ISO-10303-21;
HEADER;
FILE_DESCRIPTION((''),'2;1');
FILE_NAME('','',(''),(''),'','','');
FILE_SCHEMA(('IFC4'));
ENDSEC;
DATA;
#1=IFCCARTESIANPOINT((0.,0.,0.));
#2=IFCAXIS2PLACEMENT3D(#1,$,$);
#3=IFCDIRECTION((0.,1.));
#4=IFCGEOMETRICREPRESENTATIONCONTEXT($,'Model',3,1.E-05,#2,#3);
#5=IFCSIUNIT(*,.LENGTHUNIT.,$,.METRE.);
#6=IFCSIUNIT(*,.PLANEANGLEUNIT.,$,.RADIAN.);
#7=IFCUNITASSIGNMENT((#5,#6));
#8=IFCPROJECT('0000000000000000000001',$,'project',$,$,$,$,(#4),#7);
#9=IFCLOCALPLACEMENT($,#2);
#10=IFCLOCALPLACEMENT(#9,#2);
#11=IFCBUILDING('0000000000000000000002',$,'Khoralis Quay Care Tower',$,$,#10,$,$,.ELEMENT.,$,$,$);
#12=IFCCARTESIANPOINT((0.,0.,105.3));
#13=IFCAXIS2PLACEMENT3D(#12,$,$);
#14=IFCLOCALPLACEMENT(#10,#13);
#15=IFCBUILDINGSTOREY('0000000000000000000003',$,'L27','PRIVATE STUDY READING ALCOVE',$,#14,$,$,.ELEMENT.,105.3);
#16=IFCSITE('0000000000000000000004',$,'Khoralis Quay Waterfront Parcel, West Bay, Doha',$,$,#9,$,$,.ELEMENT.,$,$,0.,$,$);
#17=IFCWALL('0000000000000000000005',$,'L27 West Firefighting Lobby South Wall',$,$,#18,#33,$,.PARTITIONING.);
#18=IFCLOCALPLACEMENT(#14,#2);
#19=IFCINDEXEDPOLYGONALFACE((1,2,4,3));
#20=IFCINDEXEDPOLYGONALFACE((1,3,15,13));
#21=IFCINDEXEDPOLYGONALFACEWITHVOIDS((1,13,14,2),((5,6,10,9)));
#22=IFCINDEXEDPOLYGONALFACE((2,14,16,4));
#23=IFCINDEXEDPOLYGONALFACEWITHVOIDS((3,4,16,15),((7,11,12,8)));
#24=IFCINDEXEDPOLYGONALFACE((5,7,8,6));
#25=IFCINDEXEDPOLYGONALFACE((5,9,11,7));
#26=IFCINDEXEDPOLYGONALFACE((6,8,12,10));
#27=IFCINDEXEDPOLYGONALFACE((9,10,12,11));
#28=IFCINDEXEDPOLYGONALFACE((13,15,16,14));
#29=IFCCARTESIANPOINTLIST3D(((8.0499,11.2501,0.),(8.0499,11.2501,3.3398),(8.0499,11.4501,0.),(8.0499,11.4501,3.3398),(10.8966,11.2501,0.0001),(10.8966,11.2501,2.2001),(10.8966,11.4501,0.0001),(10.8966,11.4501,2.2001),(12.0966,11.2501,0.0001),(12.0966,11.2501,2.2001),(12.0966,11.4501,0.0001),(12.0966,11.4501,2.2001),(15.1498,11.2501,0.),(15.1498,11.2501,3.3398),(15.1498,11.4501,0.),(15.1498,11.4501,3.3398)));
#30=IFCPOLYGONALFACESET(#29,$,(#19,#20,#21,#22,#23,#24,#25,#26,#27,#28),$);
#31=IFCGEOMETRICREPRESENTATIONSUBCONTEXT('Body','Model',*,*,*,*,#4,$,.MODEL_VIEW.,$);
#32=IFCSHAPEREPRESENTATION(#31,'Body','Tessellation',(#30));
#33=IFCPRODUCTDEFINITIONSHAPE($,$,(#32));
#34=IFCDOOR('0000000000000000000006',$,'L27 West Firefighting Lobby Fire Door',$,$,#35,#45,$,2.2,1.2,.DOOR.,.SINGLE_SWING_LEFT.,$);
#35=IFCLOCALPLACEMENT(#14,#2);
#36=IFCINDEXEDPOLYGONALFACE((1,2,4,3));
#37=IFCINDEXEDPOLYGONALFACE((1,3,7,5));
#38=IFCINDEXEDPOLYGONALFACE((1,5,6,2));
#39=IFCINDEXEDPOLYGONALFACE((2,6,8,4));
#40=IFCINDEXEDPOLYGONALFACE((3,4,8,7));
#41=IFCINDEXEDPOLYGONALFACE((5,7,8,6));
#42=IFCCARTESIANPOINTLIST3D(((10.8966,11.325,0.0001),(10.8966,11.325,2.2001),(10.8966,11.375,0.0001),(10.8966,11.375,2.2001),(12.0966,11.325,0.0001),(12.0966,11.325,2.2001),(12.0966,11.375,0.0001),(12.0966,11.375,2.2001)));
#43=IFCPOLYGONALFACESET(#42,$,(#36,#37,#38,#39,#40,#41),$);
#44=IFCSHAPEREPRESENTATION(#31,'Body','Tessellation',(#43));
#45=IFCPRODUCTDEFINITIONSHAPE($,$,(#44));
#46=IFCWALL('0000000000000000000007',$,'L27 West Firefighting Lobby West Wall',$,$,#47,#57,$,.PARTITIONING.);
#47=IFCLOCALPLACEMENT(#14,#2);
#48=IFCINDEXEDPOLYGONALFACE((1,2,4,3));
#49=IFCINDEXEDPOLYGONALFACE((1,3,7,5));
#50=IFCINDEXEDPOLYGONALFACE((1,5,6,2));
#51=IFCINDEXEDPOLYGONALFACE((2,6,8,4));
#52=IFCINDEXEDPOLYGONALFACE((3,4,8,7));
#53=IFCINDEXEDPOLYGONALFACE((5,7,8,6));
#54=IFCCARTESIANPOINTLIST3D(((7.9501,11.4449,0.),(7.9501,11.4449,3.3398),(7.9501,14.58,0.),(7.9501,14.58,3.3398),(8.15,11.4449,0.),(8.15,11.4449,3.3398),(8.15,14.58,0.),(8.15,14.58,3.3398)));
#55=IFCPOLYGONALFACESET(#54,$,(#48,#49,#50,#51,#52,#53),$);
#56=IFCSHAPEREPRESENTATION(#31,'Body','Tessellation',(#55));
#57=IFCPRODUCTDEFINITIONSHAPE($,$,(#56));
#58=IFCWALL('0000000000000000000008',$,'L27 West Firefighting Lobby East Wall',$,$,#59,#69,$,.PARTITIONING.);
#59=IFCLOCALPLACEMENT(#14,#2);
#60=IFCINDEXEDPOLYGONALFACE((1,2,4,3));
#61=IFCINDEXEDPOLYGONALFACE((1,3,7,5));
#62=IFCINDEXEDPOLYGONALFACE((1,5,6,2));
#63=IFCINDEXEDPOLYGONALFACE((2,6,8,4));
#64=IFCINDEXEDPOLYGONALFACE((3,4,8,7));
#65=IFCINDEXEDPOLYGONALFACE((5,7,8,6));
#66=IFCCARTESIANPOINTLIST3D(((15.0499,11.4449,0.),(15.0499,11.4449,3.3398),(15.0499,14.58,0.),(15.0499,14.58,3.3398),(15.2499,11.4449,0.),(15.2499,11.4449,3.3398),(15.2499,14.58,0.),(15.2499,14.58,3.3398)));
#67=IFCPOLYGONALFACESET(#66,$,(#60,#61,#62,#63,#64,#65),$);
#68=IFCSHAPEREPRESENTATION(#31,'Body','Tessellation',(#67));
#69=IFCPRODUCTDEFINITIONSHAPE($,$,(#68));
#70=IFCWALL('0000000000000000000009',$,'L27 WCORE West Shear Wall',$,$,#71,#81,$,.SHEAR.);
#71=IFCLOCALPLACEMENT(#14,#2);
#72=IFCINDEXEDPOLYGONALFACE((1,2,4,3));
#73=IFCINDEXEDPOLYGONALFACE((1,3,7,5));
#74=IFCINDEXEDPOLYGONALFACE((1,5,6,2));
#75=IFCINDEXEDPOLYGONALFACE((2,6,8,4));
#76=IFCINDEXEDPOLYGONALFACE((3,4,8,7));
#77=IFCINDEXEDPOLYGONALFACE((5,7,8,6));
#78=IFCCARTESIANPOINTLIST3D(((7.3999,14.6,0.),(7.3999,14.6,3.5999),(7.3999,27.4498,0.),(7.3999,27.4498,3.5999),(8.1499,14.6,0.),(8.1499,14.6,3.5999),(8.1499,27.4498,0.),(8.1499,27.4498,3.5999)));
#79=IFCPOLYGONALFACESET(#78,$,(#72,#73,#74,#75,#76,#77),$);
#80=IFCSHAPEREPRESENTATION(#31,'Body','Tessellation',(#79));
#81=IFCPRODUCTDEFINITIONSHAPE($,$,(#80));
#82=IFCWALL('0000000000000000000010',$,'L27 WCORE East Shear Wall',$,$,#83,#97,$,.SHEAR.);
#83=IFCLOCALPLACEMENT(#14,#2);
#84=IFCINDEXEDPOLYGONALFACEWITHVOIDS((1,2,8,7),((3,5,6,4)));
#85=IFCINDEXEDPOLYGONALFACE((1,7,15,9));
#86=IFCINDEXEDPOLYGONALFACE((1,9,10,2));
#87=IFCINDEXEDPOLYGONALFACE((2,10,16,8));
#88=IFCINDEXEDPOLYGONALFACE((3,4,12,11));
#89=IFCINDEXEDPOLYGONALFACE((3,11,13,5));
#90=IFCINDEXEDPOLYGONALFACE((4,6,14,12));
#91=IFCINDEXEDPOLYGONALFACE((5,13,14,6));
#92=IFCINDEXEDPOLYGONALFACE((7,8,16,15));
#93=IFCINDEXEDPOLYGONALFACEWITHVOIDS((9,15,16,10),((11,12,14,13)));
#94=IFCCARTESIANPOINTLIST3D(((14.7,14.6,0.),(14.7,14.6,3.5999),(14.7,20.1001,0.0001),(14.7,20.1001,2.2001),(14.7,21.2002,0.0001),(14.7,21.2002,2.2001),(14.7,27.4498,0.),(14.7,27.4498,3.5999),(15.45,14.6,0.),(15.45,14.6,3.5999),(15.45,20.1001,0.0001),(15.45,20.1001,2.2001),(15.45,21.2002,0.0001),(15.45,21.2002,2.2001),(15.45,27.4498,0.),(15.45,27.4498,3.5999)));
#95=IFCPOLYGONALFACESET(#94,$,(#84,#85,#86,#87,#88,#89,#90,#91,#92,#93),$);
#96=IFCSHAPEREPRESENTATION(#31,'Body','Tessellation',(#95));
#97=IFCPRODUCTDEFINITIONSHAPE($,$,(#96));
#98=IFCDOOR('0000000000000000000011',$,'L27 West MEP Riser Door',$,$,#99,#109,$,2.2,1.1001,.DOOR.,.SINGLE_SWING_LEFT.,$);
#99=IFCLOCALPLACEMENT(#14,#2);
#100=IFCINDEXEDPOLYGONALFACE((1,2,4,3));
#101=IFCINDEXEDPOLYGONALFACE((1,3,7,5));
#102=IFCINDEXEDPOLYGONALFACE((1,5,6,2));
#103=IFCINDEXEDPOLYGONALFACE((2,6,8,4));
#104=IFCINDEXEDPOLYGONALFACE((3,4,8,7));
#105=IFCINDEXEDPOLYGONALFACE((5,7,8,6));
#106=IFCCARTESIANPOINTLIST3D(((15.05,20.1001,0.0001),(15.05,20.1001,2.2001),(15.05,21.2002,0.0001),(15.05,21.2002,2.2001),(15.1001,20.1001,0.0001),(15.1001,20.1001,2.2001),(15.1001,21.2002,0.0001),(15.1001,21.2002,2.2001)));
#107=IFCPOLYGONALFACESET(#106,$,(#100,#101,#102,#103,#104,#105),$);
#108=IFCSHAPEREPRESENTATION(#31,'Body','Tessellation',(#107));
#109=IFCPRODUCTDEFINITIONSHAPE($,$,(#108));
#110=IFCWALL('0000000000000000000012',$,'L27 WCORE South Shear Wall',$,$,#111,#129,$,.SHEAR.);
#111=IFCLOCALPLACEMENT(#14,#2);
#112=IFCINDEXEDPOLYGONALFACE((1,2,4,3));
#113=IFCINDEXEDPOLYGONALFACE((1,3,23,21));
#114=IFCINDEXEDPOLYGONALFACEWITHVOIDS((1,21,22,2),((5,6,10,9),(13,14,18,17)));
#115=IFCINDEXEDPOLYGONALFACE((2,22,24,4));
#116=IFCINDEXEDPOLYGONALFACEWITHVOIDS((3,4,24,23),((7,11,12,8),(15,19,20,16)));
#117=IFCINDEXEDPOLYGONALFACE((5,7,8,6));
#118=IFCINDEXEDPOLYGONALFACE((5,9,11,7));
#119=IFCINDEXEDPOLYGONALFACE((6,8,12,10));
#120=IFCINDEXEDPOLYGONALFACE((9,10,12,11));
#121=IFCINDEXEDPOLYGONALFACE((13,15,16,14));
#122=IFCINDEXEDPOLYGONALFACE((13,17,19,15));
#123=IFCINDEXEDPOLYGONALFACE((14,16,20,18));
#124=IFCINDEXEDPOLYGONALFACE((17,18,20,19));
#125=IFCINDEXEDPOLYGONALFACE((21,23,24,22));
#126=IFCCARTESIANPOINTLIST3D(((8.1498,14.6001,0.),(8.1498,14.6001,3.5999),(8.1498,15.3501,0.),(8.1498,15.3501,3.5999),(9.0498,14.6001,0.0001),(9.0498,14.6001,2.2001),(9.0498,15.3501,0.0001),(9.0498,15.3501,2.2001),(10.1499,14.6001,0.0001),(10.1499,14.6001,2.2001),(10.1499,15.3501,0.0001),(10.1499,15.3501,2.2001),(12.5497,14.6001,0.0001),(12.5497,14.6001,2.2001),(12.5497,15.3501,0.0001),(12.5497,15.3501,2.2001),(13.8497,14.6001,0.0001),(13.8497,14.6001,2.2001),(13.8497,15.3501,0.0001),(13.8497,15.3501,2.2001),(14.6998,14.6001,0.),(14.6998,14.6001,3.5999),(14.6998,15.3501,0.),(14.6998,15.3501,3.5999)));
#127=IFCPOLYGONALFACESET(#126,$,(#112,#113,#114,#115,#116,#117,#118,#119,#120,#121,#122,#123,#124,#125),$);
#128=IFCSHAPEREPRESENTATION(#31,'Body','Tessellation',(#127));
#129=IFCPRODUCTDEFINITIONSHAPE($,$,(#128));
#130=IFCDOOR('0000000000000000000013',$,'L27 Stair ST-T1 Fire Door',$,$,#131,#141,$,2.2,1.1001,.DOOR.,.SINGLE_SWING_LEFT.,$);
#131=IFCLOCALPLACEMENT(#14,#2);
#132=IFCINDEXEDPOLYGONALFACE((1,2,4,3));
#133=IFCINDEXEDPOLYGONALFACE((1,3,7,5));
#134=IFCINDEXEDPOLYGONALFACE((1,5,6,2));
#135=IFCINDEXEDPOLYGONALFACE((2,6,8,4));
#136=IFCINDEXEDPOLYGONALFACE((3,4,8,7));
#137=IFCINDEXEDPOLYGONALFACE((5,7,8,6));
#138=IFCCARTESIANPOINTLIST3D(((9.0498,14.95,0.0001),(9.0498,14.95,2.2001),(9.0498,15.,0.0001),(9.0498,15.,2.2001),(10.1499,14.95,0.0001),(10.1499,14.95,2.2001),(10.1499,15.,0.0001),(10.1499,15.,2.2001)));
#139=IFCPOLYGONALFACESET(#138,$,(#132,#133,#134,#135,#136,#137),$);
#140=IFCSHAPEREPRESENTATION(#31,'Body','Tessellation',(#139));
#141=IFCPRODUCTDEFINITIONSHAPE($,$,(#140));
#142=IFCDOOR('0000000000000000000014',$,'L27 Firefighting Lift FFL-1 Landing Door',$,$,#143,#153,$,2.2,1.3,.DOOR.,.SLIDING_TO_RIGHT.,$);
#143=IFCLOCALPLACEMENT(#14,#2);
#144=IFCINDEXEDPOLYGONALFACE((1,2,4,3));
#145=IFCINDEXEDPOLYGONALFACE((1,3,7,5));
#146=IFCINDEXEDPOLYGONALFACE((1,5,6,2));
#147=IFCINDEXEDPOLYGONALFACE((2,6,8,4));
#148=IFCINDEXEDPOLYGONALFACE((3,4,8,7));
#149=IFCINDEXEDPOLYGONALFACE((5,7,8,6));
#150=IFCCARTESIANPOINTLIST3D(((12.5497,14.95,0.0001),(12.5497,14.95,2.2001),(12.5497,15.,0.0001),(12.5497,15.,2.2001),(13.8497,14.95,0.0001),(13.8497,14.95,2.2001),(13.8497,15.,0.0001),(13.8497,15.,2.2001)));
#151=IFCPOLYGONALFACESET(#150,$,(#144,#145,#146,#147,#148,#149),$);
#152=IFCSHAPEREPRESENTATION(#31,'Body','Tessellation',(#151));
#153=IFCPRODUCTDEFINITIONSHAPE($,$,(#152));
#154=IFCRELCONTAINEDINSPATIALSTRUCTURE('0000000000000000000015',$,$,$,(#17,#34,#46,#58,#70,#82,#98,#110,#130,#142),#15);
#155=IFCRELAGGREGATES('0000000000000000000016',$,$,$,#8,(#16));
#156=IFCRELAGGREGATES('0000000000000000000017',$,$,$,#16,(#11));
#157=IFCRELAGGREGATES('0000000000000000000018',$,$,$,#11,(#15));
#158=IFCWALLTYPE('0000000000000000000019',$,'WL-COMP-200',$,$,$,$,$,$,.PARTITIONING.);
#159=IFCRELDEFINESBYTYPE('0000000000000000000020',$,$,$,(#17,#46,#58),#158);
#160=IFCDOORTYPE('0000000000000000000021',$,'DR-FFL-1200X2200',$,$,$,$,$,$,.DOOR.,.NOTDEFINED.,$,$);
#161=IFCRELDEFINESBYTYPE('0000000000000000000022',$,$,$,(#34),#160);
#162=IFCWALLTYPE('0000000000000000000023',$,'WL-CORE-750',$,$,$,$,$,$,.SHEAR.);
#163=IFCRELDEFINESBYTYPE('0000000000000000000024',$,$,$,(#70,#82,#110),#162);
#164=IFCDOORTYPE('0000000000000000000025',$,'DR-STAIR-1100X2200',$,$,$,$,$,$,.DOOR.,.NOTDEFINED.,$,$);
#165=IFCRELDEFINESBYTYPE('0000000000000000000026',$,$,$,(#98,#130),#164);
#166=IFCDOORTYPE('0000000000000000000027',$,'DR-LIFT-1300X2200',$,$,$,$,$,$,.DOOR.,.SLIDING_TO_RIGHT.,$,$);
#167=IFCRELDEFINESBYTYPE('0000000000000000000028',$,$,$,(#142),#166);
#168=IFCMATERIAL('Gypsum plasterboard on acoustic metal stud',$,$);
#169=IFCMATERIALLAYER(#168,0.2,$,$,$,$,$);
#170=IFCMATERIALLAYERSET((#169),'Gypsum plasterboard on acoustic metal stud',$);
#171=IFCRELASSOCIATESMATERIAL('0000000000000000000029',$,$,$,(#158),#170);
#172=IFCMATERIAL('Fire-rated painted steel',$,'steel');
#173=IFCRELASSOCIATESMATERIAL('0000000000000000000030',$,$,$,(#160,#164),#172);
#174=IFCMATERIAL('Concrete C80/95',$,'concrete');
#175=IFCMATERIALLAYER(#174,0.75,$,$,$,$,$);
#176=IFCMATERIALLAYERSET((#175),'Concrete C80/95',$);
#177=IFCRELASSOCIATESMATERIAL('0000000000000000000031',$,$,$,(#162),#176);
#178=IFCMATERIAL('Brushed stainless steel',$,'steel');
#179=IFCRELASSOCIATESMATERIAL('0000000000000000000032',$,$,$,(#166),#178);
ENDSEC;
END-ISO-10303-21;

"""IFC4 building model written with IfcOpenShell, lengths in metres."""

from ifc_helpers import new_model, si_unit, direction, frame, frame_2d, origin, place, context, subcontext, project, spatial, rectangle, extrude, source, transform, mapped, material, layer, layer_set, type_object, element, fill, save


model = new_model("IFC4")

# Units and contexts
model_context = context("Model", 3, precision=1e-05, world=origin(), true_north=direction((0.0, 1.0)))
body_context = subcontext(model_context, "Body", "Model", "MODEL_VIEW")
ifc_project = project(units=[si_unit("LENGTHUNIT", "METRE"), si_unit("PLANEANGLEUNIT", "RADIAN")], contexts=[model_context])

# Site, building, storey
site_placement = place(None, origin())
site = spatial("IfcSite", under=ifc_project, at=site_placement, Name="Khoralis Quay Waterfront Parcel, West Bay, Doha", CompositionType="ELEMENT", RefElevation=0.0)
building_placement = place(site_placement, origin())
building = spatial("IfcBuilding", under=site, at=building_placement, Name="Khoralis Quay Care Tower", CompositionType="ELEMENT")
storey_placement = place(building_placement, frame((0.0, 0.0, 105.3)))
storey = spatial("IfcBuildingStorey", under=building, at=storey_placement, Name="L27", Description="PRIVATE STUDY READING ALCOVE", CompositionType="ELEMENT", Elevation=105.3)

# Wall, opening, door
ifc_material_1 = material(Name="Gypsum plasterboard on acoustic metal stud")
ifc_layer_1 = layer(ifc_material_1, 0.2)
ifc_layer_set_1 = layer_set([ifc_layer_1], Name="Gypsum plasterboard on acoustic metal stud")
wall_type_1 = type_object("IfcWallType", Name="WL-COMP-200", PredefinedType="PARTITIONING", material=ifc_layer_set_1)
wall_1_placement = place(storey_placement, frame((8.05, 11.3501, 0.0), z_axis=(0.0, 0.0, 1.0), x_axis=(1.0, 0.0, 0.0)))
wall_1 = element("IfcWall", 1, at=wall_1_placement, inside=storey, type_object=wall_type_1, Name="L27 West Firefighting Lobby South Wall", PredefinedType="PARTITIONING", context=body_context, shape_type="SweptSolid", body=[
    extrude(rectangle(XDim=7.0999, YDim=0.2, at=frame_2d((3.5498, 0.0))), origin(), (0.0, 0.0, 1.0), 3.3398),
])
opening_1_placement = place(wall_1_placement, frame((2.8464, 0.0, 0.0)))
opening_1 = element("IfcOpeningElement", 2, at=opening_1_placement, cuts=wall_1, PredefinedType="OPENING", context=body_context, shape_type="SweptSolid", body=[
    extrude(rectangle(XDim=1.2, YDim=2.2, at=frame_2d((0.6001, 1.1001))), frame((0.0, 0.1099, 0.0), z_axis=(0.0, -1.0, 0.0), x_axis=(1.0, 0.0, 0.0)), (0.0, 0.0, 1.0), 0.22),
])
ifc_material_2 = material(Name="Fire-rated painted steel", Category="steel")
door_type_1 = type_object("IfcDoorType", Name="DR-FFL-1200X2200", OperationType="NOTDEFINED", PredefinedType="DOOR", material=ifc_material_2)
shared_shape_1 = source(origin(), body_context, "Body", "SweptSolid", [
    extrude(rectangle(XDim=1.2, YDim=2.2, at=frame_2d((0.6001, 1.1001))), frame((0.0, 0.0249, 0.0), z_axis=(0.0, -1.0, 0.0), x_axis=(1.0, 0.0, 0.0)), (0.0, 0.0, 1.0), 0.05),
])
door_1_placement = place(opening_1_placement, origin())
door_1 = element("IfcDoor", 3, at=door_1_placement, inside=storey, type_object=door_type_1, Name="L27 West Firefighting Lobby Fire Door", OperationType="SINGLE_SWING_LEFT", OverallHeight=2.2, OverallWidth=1.2, PredefinedType="DOOR", context=body_context, shape_type="MappedRepresentation", body=[
    mapped(shared_shape_1, transform((0.0, 0.0, 0.0), scale=1.0)),
])
fill(opening_1, door_1)

# Walls
for number, where, z_axis, x_axis, name in (
    (4, (8.05, 11.4451, 0.0), (0.0, 0.0, 1.0), (0.0, 1.0, 0.0), "L27 West Firefighting Lobby West Wall"),
    (5, (15.1499, 11.4451, 0.0), (0.0, 0.0, 1.0), (0.0, 1.0, 0.0), "L27 West Firefighting Lobby East Wall"),
):
    element("IfcWall", number, at=place(storey_placement, frame(where, z_axis=z_axis, x_axis=x_axis)), inside=storey, type_object=wall_type_1, Name=name, PredefinedType="PARTITIONING", context=body_context, shape_type="SweptSolid", body=[
        extrude(rectangle(XDim=3.135, YDim=0.2, at=frame_2d((1.5674, 0.0))), origin(), (0.0, 0.0, 1.0), 3.3398),
    ])
ifc_material_3 = material(Name="Concrete C80/95", Category="concrete")
ifc_layer_2 = layer(ifc_material_3, 0.75)
ifc_layer_set_2 = layer_set([ifc_layer_2], Name="Concrete C80/95")
wall_type_2 = type_object("IfcWallType", Name="WL-CORE-750", PredefinedType="SHEAR", material=ifc_layer_set_2)
wall_2_placement = place(storey_placement, frame((7.7749, 14.6001, 0.0), z_axis=(0.0, 0.0, 1.0), x_axis=(0.0, 1.0, 0.0)))
element("IfcWall", 6, at=wall_2_placement, inside=storey, type_object=wall_type_2, Name="L27 WCORE West Shear Wall", PredefinedType="SHEAR", context=body_context, shape_type="SweptSolid", body=[
    extrude(rectangle(XDim=12.8499, YDim=0.75, at=frame_2d((6.4248, 0.0))), origin(), (0.0, 0.0, 1.0), 3.5999),
])

# Wall, opening, door
wall_3_placement = place(storey_placement, frame((15.075, 14.6001, 0.0), z_axis=(0.0, 0.0, 1.0), x_axis=(0.0, 1.0, 0.0)))
wall_3 = element("IfcWall", 7, at=wall_3_placement, inside=storey, type_object=wall_type_2, Name="L27 WCORE East Shear Wall", PredefinedType="SHEAR", context=body_context, shape_type="SweptSolid", body=[
    extrude(rectangle(XDim=12.8499, YDim=0.75, at=frame_2d((6.4248, 0.0))), origin(), (0.0, 0.0, 1.0), 3.5999),
])
opening_2_placement = place(wall_3_placement, frame((5.5, 0.0, 0.0)))
opening_2 = element("IfcOpeningElement", 8, at=opening_2_placement, cuts=wall_3, PredefinedType="OPENING", context=body_context, shape_type="SweptSolid", body=[
    extrude(rectangle(XDim=1.1001, YDim=2.2, at=frame_2d((0.55, 1.1001))), frame((0.0, 0.385, 0.0), z_axis=(0.0, -1.0, 0.0), x_axis=(1.0, 0.0, 0.0)), (0.0, 0.0, 1.0), 0.77),
])
door_type_2 = type_object("IfcDoorType", Name="DR-STAIR-1100X2200", OperationType="NOTDEFINED", PredefinedType="DOOR", material=ifc_material_2)
shared_shape_2 = source(origin(), body_context, "Body", "SweptSolid", [
    extrude(rectangle(XDim=1.1001, YDim=2.2, at=frame_2d((0.55, 1.1001))), frame((0.0, 0.0249, 0.0), z_axis=(0.0, -1.0, 0.0), x_axis=(1.0, 0.0, 0.0)), (0.0, 0.0, 1.0), 0.05),
])
door_2_placement = place(opening_2_placement, origin())
door_2 = element("IfcDoor", 9, at=door_2_placement, inside=storey, type_object=door_type_2, Name="L27 West MEP Riser Door", OperationType="SINGLE_SWING_LEFT", OverallHeight=2.2, OverallWidth=1.1001, PredefinedType="DOOR", context=body_context, shape_type="MappedRepresentation", body=[
    mapped(shared_shape_2, transform((0.0, 0.0, 0.0), scale=1.0)),
])
fill(opening_2, door_2)

# Wall, openings, doors
wall_4_placement = place(storey_placement, frame((8.1499, 14.9751, 0.0), z_axis=(0.0, 0.0, 1.0), x_axis=(1.0, 0.0, 0.0)))
wall_4 = element("IfcWall", 10, at=wall_4_placement, inside=storey, type_object=wall_type_2, Name="L27 WCORE South Shear Wall", PredefinedType="SHEAR", context=body_context, shape_type="SweptSolid", body=[
    extrude(rectangle(XDim=6.55, YDim=0.75, at=frame_2d((3.2749, 0.0))), origin(), (0.0, 0.0, 1.0), 3.5999),
])
opening_3_placement = place(wall_4_placement, frame((0.8999, 0.0, 0.0)))
opening_3 = element("IfcOpeningElement", 11, at=opening_3_placement, cuts=wall_4, PredefinedType="OPENING", context=body_context, shape_type="SweptSolid", body=[
    extrude(rectangle(XDim=1.1001, YDim=2.2, at=frame_2d((0.55, 1.1001))), frame((0.0, 0.385, 0.0), z_axis=(0.0, -1.0, 0.0), x_axis=(1.0, 0.0, 0.0)), (0.0, 0.0, 1.0), 0.77),
])
opening_4_placement = place(wall_4_placement, frame((4.3999, 0.0, 0.0)))
opening_4 = element("IfcOpeningElement", 12, at=opening_4_placement, cuts=wall_4, PredefinedType="OPENING", context=body_context, shape_type="SweptSolid", body=[
    extrude(rectangle(XDim=1.3, YDim=2.2, at=frame_2d((0.6499, 1.1001))), frame((0.0, 0.385, 0.0), z_axis=(0.0, -1.0, 0.0), x_axis=(1.0, 0.0, 0.0)), (0.0, 0.0, 1.0), 0.77),
])
door_3_placement = place(opening_3_placement, origin())
door_3 = element("IfcDoor", 13, at=door_3_placement, inside=storey, type_object=door_type_2, Name="L27 Stair ST-T1 Fire Door", OperationType="SINGLE_SWING_LEFT", OverallHeight=2.2, OverallWidth=1.1001, PredefinedType="DOOR", context=body_context, shape_type="MappedRepresentation", body=[
    mapped(shared_shape_2, transform((0.0, 0.0, 0.0), scale=1.0)),
])
fill(opening_3, door_3)
ifc_material_4 = material(Name="Brushed stainless steel", Category="steel")
door_type_3 = type_object("IfcDoorType", Name="DR-LIFT-1300X2200", OperationType="SLIDING_TO_RIGHT", PredefinedType="DOOR", material=ifc_material_4)
shared_shape_3 = source(origin(), body_context, "Body", "SweptSolid", [
    extrude(rectangle(XDim=1.3, YDim=2.2, at=frame_2d((0.6499, 1.1001))), frame((0.0, 0.0249, 0.0), z_axis=(0.0, -1.0, 0.0), x_axis=(1.0, 0.0, 0.0)), (0.0, 0.0, 1.0), 0.05),
])
door_4_placement = place(opening_4_placement, origin())
door_4 = element("IfcDoor", 14, at=door_4_placement, inside=storey, type_object=door_type_3, Name="L27 Firefighting Lift FFL-1 Landing Door", OperationType="SLIDING_TO_RIGHT", OverallHeight=2.2, OverallWidth=1.3, PredefinedType="DOOR", context=body_context, shape_type="MappedRepresentation", body=[
    mapped(shared_shape_3, transform((0.0, 0.0, 0.0), scale=1.0)),
])
fill(opening_4, door_4)

save(model, "model.ifc")
